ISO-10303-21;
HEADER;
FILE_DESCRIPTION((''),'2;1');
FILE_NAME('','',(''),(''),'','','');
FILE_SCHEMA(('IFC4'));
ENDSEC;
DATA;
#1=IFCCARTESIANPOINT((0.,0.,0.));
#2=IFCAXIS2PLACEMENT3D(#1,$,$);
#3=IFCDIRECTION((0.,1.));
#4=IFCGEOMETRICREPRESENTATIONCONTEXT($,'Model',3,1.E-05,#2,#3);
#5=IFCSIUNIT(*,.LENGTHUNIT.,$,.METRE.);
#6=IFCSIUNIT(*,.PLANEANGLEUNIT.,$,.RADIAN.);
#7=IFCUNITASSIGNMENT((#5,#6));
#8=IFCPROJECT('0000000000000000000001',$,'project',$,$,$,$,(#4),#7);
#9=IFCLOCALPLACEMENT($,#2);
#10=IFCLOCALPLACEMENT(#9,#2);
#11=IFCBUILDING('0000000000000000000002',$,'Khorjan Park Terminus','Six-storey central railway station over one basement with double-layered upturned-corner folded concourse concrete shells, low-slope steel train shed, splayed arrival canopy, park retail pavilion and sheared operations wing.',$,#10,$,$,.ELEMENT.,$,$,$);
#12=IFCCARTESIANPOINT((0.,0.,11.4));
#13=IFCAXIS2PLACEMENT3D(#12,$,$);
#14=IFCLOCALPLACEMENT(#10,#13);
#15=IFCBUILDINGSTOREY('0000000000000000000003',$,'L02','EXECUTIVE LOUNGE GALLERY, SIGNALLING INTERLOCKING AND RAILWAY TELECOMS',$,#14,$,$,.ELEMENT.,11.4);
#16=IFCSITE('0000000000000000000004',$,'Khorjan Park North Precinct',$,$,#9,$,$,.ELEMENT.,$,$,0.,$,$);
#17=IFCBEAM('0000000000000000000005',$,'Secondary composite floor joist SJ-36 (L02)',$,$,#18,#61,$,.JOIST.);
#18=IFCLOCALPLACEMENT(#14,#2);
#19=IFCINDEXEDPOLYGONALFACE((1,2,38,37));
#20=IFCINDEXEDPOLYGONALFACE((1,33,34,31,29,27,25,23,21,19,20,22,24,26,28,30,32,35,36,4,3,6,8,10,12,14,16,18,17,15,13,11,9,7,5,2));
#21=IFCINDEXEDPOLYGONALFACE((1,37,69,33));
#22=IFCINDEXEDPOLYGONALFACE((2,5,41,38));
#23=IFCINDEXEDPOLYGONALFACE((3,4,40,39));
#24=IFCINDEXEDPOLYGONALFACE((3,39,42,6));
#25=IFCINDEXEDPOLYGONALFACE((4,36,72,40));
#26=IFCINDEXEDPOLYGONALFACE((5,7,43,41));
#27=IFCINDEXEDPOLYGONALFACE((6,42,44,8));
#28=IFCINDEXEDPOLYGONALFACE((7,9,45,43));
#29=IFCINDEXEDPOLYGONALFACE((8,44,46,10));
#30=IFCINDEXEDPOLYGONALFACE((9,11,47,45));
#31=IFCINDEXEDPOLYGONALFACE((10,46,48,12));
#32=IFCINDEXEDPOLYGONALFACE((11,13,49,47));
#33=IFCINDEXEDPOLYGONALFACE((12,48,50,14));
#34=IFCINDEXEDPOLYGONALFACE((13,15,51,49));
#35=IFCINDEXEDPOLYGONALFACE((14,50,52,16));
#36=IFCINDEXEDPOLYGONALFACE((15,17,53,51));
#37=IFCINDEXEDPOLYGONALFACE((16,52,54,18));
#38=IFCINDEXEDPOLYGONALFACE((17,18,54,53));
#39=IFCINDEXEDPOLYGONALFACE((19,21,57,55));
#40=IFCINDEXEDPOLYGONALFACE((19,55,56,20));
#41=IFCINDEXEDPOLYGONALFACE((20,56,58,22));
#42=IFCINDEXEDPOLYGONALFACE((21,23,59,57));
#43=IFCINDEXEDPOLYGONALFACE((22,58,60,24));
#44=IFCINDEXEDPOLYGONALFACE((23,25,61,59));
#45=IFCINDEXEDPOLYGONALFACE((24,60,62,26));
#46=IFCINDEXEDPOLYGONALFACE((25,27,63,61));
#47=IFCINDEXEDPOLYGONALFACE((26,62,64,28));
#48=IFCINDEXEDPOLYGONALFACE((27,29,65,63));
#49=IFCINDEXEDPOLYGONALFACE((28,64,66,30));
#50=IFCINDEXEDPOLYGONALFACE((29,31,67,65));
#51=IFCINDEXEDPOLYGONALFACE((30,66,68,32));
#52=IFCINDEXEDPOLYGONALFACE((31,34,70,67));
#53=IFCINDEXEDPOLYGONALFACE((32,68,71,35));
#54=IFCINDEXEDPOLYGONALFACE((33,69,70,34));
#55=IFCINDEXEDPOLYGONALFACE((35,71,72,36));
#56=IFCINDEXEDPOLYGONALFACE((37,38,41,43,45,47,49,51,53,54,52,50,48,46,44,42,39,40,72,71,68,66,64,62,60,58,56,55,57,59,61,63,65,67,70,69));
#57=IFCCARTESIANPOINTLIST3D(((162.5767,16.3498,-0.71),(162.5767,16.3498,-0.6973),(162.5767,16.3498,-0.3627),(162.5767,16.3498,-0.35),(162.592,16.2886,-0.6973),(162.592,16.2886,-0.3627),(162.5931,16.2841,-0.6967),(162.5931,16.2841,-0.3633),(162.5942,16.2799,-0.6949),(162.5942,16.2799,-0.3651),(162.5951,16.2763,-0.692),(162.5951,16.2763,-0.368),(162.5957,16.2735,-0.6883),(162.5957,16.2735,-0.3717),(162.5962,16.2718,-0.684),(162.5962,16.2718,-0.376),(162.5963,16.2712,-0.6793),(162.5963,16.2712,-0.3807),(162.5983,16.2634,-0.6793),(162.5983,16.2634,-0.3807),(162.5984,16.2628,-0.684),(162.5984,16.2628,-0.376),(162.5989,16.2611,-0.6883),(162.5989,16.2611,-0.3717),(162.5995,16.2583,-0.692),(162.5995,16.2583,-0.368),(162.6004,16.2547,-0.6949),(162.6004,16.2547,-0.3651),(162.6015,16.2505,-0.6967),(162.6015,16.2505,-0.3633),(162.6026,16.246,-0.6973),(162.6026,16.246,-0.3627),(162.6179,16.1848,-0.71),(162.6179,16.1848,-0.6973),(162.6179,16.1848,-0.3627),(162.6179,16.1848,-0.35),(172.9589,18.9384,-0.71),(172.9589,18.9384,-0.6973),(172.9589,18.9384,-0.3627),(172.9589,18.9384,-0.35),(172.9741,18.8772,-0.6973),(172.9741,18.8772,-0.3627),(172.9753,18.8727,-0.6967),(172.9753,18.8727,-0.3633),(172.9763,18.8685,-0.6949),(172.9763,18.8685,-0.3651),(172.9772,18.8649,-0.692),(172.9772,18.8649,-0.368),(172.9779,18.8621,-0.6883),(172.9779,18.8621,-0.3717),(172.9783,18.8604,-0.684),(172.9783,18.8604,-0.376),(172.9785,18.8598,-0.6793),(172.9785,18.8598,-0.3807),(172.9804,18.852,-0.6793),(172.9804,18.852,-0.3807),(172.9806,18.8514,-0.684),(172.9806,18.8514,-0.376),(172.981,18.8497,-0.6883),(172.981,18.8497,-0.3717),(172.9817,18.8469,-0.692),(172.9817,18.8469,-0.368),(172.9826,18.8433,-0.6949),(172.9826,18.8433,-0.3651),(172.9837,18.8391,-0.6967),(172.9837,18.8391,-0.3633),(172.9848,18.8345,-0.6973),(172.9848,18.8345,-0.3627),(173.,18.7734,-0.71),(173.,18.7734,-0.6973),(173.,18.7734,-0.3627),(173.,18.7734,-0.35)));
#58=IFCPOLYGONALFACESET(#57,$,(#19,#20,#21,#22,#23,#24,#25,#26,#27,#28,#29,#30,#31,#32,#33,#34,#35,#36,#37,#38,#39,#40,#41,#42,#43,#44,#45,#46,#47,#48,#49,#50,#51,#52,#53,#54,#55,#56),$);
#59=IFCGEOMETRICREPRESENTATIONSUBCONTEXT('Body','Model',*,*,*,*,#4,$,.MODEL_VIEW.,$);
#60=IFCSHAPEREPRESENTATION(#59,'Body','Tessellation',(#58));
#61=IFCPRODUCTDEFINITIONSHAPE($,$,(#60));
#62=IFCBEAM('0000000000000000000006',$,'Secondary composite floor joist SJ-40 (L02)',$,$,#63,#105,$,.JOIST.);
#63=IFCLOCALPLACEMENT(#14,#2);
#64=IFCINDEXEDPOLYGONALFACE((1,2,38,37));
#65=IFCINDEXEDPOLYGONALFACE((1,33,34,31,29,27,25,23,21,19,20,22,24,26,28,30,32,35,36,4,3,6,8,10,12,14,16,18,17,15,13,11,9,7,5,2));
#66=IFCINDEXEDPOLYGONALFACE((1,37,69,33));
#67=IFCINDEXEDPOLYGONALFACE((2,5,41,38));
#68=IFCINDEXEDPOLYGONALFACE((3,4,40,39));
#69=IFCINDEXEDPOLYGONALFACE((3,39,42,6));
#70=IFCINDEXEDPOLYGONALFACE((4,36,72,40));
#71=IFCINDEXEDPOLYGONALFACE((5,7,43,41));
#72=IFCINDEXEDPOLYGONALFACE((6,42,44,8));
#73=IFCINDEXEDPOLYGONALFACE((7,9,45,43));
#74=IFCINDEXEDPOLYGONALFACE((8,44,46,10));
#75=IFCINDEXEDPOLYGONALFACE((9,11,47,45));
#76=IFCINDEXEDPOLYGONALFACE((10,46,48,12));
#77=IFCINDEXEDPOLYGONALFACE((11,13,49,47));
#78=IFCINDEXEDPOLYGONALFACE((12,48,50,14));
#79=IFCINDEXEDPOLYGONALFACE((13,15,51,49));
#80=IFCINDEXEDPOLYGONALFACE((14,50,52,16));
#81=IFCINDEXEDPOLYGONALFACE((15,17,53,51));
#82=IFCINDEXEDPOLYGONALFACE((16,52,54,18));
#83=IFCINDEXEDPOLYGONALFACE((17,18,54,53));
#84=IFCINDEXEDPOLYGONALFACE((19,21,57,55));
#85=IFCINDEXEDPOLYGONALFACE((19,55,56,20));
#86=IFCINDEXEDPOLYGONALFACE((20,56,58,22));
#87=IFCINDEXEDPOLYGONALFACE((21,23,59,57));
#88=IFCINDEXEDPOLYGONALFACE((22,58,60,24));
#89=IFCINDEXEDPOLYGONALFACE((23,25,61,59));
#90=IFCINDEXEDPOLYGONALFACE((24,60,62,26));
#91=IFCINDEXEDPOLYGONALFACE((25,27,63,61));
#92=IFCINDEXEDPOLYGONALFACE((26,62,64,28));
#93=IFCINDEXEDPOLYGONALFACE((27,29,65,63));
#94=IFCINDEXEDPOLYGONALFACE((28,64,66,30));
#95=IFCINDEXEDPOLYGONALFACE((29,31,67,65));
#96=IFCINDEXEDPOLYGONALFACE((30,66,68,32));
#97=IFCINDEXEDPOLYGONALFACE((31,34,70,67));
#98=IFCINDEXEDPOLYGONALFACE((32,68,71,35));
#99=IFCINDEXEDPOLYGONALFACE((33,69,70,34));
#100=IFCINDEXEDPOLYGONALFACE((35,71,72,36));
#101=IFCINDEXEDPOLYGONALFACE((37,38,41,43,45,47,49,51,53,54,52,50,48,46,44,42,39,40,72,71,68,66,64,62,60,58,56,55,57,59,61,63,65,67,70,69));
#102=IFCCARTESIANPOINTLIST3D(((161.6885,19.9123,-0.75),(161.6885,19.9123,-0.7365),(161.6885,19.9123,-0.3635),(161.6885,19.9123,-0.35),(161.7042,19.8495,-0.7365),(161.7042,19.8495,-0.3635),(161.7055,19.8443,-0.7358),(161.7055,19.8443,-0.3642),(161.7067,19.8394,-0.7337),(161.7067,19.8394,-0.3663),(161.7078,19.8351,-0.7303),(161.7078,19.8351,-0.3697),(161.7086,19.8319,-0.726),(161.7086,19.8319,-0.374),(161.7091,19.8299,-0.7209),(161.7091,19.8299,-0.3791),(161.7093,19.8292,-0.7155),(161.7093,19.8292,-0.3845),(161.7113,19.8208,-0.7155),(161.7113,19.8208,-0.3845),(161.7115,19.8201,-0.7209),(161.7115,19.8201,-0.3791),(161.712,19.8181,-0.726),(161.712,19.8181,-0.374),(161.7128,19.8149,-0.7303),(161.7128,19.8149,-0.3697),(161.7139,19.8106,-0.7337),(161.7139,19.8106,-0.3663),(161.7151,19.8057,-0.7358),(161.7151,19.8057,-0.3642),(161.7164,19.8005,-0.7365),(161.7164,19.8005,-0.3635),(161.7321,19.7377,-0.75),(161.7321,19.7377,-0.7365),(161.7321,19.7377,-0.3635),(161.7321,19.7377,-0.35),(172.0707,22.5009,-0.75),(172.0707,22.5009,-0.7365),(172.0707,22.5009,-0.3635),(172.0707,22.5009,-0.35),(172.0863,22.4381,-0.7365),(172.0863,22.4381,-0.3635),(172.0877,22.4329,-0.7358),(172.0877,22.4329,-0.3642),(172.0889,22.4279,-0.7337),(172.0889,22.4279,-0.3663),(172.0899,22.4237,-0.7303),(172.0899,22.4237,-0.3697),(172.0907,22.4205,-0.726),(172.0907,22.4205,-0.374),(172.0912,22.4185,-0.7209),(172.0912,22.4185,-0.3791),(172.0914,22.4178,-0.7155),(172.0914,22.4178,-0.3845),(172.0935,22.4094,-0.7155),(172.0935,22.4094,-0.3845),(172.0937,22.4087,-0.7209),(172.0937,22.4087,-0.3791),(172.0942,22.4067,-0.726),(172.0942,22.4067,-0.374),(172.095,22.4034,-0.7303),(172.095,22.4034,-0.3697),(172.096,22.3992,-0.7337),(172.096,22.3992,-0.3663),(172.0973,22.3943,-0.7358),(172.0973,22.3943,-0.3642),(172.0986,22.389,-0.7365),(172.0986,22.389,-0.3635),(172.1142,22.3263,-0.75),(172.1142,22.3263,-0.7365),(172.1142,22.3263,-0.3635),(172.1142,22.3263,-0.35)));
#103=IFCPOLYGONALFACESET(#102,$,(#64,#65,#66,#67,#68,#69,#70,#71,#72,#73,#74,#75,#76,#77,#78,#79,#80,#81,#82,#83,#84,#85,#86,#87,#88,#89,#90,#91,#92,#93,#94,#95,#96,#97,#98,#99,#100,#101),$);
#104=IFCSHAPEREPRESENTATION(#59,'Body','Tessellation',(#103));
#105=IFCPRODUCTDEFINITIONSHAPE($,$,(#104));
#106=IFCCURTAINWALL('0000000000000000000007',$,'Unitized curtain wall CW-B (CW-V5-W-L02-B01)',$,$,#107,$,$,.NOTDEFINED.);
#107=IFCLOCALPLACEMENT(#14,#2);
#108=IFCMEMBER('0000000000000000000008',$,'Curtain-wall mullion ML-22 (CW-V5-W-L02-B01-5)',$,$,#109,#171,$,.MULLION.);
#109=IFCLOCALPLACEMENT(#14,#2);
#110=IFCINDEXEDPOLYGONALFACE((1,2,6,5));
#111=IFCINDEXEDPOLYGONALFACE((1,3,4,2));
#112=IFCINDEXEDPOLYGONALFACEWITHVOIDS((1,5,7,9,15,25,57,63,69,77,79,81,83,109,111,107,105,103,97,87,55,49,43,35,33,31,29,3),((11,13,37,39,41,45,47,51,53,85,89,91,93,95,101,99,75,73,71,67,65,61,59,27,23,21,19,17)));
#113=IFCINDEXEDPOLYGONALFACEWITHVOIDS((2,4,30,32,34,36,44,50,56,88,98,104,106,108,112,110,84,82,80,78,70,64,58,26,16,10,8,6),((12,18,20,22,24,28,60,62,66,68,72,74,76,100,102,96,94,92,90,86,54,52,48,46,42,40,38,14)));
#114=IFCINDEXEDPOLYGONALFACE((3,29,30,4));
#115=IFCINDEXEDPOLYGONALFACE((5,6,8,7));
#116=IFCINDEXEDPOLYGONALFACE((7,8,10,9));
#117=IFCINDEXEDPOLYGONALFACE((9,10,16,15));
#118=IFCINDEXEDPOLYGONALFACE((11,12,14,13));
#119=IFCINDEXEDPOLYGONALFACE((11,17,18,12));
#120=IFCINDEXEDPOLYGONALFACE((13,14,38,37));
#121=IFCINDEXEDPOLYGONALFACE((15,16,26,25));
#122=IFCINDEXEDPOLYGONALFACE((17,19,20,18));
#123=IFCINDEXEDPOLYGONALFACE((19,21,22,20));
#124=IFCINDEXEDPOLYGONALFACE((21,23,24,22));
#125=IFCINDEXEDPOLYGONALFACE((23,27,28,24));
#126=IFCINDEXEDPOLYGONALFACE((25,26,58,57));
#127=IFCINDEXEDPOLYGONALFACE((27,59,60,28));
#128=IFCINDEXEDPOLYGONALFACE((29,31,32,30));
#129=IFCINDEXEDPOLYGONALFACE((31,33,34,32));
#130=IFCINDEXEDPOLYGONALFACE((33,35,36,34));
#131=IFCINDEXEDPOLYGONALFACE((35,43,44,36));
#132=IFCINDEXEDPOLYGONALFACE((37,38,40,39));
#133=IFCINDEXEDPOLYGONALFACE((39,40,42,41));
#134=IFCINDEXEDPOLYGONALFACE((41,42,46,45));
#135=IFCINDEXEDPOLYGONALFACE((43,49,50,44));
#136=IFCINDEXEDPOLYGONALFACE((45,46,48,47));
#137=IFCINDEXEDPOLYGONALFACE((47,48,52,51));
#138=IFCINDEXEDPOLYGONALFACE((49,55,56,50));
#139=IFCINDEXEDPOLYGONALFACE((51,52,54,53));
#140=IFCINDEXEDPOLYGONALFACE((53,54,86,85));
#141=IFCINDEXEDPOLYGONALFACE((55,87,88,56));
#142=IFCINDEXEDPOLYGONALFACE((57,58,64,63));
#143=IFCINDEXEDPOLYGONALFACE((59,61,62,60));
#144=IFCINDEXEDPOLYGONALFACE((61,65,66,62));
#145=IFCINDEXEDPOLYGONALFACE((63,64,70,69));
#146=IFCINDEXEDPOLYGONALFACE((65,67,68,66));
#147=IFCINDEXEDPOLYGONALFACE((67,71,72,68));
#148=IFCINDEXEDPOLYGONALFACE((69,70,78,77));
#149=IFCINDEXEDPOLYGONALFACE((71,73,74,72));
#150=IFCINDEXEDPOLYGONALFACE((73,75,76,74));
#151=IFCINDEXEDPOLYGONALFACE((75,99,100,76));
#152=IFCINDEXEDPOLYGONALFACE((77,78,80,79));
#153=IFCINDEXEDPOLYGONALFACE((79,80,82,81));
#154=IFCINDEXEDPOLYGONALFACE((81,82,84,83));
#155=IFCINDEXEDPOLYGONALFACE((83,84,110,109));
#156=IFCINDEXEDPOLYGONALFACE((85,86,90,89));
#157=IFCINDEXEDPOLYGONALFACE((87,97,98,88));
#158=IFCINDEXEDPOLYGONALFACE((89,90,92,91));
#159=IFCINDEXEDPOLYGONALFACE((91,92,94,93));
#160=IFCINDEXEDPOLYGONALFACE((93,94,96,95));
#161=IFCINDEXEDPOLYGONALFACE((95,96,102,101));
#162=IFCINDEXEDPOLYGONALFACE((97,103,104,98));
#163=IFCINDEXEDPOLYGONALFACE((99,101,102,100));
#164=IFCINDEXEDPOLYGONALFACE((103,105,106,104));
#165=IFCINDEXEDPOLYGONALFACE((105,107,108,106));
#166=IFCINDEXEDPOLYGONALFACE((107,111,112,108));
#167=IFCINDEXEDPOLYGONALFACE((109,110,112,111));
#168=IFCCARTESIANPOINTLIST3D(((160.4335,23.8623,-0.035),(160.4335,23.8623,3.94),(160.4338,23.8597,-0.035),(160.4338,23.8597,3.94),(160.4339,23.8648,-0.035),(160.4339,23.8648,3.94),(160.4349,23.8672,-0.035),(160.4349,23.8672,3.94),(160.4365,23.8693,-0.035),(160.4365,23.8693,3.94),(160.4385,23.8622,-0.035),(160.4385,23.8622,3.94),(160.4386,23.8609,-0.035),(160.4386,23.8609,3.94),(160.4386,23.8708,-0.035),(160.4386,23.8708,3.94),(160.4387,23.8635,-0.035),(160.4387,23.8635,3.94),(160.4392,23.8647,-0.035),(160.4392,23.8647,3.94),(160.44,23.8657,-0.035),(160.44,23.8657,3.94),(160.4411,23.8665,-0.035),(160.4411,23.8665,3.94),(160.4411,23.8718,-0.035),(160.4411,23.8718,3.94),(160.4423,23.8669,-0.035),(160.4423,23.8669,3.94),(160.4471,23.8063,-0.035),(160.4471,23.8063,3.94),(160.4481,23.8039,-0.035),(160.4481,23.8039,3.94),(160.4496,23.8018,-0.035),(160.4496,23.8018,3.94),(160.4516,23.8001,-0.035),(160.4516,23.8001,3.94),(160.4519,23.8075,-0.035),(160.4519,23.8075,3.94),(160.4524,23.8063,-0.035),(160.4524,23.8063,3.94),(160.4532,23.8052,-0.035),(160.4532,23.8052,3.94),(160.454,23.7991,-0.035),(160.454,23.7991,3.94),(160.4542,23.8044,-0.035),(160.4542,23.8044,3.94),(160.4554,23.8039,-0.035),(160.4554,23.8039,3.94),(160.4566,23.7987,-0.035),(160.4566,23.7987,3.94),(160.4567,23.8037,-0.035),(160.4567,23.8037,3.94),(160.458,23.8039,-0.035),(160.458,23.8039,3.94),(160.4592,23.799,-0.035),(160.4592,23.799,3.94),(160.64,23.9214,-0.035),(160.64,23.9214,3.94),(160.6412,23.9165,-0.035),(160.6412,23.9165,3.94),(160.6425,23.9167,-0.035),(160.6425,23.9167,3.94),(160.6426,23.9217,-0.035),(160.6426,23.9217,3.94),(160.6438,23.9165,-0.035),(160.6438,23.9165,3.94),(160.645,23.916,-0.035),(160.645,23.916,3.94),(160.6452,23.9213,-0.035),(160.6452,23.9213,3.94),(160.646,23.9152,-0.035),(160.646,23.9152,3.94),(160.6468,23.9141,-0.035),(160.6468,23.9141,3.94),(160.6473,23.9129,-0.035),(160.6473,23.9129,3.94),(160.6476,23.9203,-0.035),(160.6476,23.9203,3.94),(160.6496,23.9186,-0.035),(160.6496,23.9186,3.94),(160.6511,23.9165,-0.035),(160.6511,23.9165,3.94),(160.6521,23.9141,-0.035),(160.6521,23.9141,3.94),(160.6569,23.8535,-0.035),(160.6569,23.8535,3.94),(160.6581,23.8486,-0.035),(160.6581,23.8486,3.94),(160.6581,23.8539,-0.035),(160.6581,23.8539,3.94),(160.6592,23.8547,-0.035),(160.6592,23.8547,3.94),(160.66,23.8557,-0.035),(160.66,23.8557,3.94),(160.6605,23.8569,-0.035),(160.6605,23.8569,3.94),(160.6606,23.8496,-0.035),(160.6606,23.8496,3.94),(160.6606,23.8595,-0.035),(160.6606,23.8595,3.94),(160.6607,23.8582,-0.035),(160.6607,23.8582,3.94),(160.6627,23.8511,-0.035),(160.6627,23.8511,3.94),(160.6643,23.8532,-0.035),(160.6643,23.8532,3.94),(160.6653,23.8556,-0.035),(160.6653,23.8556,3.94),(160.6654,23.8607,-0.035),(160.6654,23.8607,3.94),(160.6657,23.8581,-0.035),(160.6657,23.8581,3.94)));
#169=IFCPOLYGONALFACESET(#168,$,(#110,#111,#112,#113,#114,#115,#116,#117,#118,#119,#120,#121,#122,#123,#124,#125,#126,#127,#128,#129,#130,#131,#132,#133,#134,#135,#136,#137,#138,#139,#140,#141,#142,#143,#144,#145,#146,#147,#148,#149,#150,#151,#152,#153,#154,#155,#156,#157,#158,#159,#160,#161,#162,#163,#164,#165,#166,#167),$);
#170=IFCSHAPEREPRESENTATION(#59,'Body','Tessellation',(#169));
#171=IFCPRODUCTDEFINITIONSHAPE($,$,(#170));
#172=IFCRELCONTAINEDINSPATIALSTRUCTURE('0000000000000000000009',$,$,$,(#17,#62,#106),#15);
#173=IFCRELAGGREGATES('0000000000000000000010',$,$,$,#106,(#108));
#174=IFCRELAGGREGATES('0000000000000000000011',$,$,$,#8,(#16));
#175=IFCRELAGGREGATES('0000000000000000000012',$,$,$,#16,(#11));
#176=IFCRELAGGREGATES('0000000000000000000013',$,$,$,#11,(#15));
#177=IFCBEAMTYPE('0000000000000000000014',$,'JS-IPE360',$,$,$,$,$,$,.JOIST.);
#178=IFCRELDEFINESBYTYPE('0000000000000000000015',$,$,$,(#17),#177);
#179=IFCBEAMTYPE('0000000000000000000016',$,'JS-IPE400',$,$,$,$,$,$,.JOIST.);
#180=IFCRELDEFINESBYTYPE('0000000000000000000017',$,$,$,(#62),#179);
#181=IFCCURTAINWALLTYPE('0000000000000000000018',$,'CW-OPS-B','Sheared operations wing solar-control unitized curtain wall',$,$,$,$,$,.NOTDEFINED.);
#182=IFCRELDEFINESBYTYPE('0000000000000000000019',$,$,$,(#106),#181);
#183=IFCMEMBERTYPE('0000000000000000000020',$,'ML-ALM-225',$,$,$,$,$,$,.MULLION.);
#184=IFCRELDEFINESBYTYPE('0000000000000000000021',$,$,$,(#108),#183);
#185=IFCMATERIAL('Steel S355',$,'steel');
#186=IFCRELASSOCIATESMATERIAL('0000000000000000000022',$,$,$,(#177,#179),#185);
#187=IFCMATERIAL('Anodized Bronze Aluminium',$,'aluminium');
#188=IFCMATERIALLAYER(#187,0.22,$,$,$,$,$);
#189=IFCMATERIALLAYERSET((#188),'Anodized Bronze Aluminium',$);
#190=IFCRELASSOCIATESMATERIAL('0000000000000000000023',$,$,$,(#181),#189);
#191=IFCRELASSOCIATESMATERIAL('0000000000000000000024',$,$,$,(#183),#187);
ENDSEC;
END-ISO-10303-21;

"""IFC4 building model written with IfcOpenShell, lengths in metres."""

from ifc_helpers import new_model, si_unit, direction, frame, origin, origin_2d, place, context, subcontext, project, spatial, hollow_rectangle, i_section, extrude, material, layer, layer_set, material_profile, profile_set, type_object, element, aggregate, save


model = new_model("IFC4")

# Units and contexts
model_context = context("Model", 3, precision=1e-05, world=origin(), true_north=direction((0.0, 1.0)))
body_context = subcontext(model_context, "Body", "Model", "MODEL_VIEW")
ifc_project = project(units=[si_unit("LENGTHUNIT", "METRE"), si_unit("PLANEANGLEUNIT", "RADIAN")], contexts=[model_context])

# Site, building, storey
site_placement = place(None, origin())
site = spatial("IfcSite", under=ifc_project, at=site_placement, Name="Khorjan Park North Precinct", CompositionType="ELEMENT", RefElevation=0.0)
building_placement = place(site_placement, origin())
building = spatial("IfcBuilding", under=site, at=building_placement, Name="Khorjan Park Terminus", Description="Six-storey central railway station over one basement with double-layered upturned-corner folded concourse concrete shells, low-slope steel train shed, splayed arrival canopy, park retail pavilion and sheared operations wing.", CompositionType="ELEMENT")
storey_placement = place(building_placement, frame((0.0, 0.0, 11.4)))
storey = spatial("IfcBuildingStorey", under=building, at=storey_placement, Name="L02", Description="EXECUTIVE LOUNGE GALLERY, SIGNALLING INTERLOCKING AND RAILWAY TELECOMS", CompositionType="ELEMENT", Elevation=11.4)

# Beams
ifc_material_1 = material(Name="Steel S355", Category="steel")
ifc_material_profile_1 = material_profile(ifc_material_1, i_section(OverallWidth=0.17, OverallDepth=0.36, WebThickness=0.008, FlangeThickness=0.0127, FilletRadius=0.018, at=origin_2d()), Name="IPE 360")
ifc_profile_set_1 = profile_set([ifc_material_profile_1], Name="Steel S355")
beam_type_1 = type_object("IfcBeamType", Name="JS-IPE360", PredefinedType="JOIST", material=ifc_profile_set_1)
beam_1_placement = place(storey_placement, frame((162.5973, 16.2673, -0.53), z_axis=(0.970295, 0.241924, 0.0), x_axis=(-0.241924, 0.970295, 0.0)))
element("IfcBeam", 1, at=beam_1_placement, inside=storey, type_object=beam_type_1, Name="Secondary composite floor joist SJ-36 (L02)", PredefinedType="JOIST", context=body_context, shape_type="SweptSolid", body=[
    extrude(i_section(OverallWidth=0.17, OverallDepth=0.36, WebThickness=0.008, FlangeThickness=0.0127, FilletRadius=0.018, at=origin_2d()), origin(), (0.0, 0.0, 1.0), 10.7),
])
ifc_material_profile_2 = material_profile(ifc_material_1, i_section(OverallWidth=0.18, OverallDepth=0.4, WebThickness=0.0086, FlangeThickness=0.0135, FilletRadius=0.021, at=origin_2d()), Name="IPE 400")
ifc_profile_set_2 = profile_set([ifc_material_profile_2], Name="Steel S355")
beam_type_2 = type_object("IfcBeamType", Name="JS-IPE400", PredefinedType="JOIST", material=ifc_profile_set_2)
beam_2_placement = place(storey_placement, frame((161.7103, 19.825, -0.55), z_axis=(0.970295, 0.241924, 0.0), x_axis=(-0.241924, 0.970295, 0.0)))
element("IfcBeam", 2, at=beam_2_placement, inside=storey, type_object=beam_type_2, Name="Secondary composite floor joist SJ-40 (L02)", PredefinedType="JOIST", context=body_context, shape_type="SweptSolid", body=[
    extrude(i_section(OverallWidth=0.18, OverallDepth=0.4, WebThickness=0.0086, FlangeThickness=0.0135, FilletRadius=0.021, at=origin_2d()), origin(), (0.0, 0.0, 1.0), 10.7),
])

# Curtain wall, member
ifc_material_2 = material(Name="Anodized Bronze Aluminium", Category="aluminium")
ifc_layer_1 = layer(ifc_material_2, 0.22)
ifc_layer_set_1 = layer_set([ifc_layer_1], Name="Anodized Bronze Aluminium")
curtain_wall_type = type_object("IfcCurtainWallType", Name="CW-OPS-B", Description="Sheared operations wing solar-control unitized curtain wall", PredefinedType="NOTDEFINED", material=ifc_layer_set_1)
curtain_wall_placement = place(storey_placement, origin())
curtain_wall = element("IfcCurtainWall", 3, at=curtain_wall_placement, inside=storey, type_object=curtain_wall_type, Name="Unitized curtain wall CW-B (CW-V5-W-L02-B01)", PredefinedType="NOTDEFINED")
ifc_material_profile_3 = material_profile(ifc_material_2, hollow_rectangle(XDim=0.075, YDim=0.225, WallThickness=0.005, InnerFilletRadius=0.005, OuterFilletRadius=0.01, at=origin_2d()), Name="ALM 75x225x5")
ifc_profile_set_3 = profile_set([ifc_material_profile_3], Name="Anodized Bronze Aluminium")
member_type_1 = type_object("IfcMemberType", Name="ML-ALM-225", PredefinedType="MULLION", material=ifc_profile_set_3)
member_1_placement = place(storey_placement, frame((160.5496, 23.8602, -0.035), z_axis=(0.0, 0.0, 1.0), x_axis=(0.241915, -0.970297, 0.0)))
member_1 = element("IfcMember", 4, at=member_1_placement, type_object=member_type_1, Name="Curtain-wall mullion ML-22 (CW-V5-W-L02-B01-5)", PredefinedType="MULLION", context=body_context, shape_type="SweptSolid", body=[
    extrude(hollow_rectangle(XDim=0.075, YDim=0.225, WallThickness=0.005, InnerFilletRadius=0.005, OuterFilletRadius=0.01, at=origin_2d()), origin(), (0.0, 0.0, 1.0), 3.975),
])
aggregate(curtain_wall, [member_1])

save(model, "model.ifc")
